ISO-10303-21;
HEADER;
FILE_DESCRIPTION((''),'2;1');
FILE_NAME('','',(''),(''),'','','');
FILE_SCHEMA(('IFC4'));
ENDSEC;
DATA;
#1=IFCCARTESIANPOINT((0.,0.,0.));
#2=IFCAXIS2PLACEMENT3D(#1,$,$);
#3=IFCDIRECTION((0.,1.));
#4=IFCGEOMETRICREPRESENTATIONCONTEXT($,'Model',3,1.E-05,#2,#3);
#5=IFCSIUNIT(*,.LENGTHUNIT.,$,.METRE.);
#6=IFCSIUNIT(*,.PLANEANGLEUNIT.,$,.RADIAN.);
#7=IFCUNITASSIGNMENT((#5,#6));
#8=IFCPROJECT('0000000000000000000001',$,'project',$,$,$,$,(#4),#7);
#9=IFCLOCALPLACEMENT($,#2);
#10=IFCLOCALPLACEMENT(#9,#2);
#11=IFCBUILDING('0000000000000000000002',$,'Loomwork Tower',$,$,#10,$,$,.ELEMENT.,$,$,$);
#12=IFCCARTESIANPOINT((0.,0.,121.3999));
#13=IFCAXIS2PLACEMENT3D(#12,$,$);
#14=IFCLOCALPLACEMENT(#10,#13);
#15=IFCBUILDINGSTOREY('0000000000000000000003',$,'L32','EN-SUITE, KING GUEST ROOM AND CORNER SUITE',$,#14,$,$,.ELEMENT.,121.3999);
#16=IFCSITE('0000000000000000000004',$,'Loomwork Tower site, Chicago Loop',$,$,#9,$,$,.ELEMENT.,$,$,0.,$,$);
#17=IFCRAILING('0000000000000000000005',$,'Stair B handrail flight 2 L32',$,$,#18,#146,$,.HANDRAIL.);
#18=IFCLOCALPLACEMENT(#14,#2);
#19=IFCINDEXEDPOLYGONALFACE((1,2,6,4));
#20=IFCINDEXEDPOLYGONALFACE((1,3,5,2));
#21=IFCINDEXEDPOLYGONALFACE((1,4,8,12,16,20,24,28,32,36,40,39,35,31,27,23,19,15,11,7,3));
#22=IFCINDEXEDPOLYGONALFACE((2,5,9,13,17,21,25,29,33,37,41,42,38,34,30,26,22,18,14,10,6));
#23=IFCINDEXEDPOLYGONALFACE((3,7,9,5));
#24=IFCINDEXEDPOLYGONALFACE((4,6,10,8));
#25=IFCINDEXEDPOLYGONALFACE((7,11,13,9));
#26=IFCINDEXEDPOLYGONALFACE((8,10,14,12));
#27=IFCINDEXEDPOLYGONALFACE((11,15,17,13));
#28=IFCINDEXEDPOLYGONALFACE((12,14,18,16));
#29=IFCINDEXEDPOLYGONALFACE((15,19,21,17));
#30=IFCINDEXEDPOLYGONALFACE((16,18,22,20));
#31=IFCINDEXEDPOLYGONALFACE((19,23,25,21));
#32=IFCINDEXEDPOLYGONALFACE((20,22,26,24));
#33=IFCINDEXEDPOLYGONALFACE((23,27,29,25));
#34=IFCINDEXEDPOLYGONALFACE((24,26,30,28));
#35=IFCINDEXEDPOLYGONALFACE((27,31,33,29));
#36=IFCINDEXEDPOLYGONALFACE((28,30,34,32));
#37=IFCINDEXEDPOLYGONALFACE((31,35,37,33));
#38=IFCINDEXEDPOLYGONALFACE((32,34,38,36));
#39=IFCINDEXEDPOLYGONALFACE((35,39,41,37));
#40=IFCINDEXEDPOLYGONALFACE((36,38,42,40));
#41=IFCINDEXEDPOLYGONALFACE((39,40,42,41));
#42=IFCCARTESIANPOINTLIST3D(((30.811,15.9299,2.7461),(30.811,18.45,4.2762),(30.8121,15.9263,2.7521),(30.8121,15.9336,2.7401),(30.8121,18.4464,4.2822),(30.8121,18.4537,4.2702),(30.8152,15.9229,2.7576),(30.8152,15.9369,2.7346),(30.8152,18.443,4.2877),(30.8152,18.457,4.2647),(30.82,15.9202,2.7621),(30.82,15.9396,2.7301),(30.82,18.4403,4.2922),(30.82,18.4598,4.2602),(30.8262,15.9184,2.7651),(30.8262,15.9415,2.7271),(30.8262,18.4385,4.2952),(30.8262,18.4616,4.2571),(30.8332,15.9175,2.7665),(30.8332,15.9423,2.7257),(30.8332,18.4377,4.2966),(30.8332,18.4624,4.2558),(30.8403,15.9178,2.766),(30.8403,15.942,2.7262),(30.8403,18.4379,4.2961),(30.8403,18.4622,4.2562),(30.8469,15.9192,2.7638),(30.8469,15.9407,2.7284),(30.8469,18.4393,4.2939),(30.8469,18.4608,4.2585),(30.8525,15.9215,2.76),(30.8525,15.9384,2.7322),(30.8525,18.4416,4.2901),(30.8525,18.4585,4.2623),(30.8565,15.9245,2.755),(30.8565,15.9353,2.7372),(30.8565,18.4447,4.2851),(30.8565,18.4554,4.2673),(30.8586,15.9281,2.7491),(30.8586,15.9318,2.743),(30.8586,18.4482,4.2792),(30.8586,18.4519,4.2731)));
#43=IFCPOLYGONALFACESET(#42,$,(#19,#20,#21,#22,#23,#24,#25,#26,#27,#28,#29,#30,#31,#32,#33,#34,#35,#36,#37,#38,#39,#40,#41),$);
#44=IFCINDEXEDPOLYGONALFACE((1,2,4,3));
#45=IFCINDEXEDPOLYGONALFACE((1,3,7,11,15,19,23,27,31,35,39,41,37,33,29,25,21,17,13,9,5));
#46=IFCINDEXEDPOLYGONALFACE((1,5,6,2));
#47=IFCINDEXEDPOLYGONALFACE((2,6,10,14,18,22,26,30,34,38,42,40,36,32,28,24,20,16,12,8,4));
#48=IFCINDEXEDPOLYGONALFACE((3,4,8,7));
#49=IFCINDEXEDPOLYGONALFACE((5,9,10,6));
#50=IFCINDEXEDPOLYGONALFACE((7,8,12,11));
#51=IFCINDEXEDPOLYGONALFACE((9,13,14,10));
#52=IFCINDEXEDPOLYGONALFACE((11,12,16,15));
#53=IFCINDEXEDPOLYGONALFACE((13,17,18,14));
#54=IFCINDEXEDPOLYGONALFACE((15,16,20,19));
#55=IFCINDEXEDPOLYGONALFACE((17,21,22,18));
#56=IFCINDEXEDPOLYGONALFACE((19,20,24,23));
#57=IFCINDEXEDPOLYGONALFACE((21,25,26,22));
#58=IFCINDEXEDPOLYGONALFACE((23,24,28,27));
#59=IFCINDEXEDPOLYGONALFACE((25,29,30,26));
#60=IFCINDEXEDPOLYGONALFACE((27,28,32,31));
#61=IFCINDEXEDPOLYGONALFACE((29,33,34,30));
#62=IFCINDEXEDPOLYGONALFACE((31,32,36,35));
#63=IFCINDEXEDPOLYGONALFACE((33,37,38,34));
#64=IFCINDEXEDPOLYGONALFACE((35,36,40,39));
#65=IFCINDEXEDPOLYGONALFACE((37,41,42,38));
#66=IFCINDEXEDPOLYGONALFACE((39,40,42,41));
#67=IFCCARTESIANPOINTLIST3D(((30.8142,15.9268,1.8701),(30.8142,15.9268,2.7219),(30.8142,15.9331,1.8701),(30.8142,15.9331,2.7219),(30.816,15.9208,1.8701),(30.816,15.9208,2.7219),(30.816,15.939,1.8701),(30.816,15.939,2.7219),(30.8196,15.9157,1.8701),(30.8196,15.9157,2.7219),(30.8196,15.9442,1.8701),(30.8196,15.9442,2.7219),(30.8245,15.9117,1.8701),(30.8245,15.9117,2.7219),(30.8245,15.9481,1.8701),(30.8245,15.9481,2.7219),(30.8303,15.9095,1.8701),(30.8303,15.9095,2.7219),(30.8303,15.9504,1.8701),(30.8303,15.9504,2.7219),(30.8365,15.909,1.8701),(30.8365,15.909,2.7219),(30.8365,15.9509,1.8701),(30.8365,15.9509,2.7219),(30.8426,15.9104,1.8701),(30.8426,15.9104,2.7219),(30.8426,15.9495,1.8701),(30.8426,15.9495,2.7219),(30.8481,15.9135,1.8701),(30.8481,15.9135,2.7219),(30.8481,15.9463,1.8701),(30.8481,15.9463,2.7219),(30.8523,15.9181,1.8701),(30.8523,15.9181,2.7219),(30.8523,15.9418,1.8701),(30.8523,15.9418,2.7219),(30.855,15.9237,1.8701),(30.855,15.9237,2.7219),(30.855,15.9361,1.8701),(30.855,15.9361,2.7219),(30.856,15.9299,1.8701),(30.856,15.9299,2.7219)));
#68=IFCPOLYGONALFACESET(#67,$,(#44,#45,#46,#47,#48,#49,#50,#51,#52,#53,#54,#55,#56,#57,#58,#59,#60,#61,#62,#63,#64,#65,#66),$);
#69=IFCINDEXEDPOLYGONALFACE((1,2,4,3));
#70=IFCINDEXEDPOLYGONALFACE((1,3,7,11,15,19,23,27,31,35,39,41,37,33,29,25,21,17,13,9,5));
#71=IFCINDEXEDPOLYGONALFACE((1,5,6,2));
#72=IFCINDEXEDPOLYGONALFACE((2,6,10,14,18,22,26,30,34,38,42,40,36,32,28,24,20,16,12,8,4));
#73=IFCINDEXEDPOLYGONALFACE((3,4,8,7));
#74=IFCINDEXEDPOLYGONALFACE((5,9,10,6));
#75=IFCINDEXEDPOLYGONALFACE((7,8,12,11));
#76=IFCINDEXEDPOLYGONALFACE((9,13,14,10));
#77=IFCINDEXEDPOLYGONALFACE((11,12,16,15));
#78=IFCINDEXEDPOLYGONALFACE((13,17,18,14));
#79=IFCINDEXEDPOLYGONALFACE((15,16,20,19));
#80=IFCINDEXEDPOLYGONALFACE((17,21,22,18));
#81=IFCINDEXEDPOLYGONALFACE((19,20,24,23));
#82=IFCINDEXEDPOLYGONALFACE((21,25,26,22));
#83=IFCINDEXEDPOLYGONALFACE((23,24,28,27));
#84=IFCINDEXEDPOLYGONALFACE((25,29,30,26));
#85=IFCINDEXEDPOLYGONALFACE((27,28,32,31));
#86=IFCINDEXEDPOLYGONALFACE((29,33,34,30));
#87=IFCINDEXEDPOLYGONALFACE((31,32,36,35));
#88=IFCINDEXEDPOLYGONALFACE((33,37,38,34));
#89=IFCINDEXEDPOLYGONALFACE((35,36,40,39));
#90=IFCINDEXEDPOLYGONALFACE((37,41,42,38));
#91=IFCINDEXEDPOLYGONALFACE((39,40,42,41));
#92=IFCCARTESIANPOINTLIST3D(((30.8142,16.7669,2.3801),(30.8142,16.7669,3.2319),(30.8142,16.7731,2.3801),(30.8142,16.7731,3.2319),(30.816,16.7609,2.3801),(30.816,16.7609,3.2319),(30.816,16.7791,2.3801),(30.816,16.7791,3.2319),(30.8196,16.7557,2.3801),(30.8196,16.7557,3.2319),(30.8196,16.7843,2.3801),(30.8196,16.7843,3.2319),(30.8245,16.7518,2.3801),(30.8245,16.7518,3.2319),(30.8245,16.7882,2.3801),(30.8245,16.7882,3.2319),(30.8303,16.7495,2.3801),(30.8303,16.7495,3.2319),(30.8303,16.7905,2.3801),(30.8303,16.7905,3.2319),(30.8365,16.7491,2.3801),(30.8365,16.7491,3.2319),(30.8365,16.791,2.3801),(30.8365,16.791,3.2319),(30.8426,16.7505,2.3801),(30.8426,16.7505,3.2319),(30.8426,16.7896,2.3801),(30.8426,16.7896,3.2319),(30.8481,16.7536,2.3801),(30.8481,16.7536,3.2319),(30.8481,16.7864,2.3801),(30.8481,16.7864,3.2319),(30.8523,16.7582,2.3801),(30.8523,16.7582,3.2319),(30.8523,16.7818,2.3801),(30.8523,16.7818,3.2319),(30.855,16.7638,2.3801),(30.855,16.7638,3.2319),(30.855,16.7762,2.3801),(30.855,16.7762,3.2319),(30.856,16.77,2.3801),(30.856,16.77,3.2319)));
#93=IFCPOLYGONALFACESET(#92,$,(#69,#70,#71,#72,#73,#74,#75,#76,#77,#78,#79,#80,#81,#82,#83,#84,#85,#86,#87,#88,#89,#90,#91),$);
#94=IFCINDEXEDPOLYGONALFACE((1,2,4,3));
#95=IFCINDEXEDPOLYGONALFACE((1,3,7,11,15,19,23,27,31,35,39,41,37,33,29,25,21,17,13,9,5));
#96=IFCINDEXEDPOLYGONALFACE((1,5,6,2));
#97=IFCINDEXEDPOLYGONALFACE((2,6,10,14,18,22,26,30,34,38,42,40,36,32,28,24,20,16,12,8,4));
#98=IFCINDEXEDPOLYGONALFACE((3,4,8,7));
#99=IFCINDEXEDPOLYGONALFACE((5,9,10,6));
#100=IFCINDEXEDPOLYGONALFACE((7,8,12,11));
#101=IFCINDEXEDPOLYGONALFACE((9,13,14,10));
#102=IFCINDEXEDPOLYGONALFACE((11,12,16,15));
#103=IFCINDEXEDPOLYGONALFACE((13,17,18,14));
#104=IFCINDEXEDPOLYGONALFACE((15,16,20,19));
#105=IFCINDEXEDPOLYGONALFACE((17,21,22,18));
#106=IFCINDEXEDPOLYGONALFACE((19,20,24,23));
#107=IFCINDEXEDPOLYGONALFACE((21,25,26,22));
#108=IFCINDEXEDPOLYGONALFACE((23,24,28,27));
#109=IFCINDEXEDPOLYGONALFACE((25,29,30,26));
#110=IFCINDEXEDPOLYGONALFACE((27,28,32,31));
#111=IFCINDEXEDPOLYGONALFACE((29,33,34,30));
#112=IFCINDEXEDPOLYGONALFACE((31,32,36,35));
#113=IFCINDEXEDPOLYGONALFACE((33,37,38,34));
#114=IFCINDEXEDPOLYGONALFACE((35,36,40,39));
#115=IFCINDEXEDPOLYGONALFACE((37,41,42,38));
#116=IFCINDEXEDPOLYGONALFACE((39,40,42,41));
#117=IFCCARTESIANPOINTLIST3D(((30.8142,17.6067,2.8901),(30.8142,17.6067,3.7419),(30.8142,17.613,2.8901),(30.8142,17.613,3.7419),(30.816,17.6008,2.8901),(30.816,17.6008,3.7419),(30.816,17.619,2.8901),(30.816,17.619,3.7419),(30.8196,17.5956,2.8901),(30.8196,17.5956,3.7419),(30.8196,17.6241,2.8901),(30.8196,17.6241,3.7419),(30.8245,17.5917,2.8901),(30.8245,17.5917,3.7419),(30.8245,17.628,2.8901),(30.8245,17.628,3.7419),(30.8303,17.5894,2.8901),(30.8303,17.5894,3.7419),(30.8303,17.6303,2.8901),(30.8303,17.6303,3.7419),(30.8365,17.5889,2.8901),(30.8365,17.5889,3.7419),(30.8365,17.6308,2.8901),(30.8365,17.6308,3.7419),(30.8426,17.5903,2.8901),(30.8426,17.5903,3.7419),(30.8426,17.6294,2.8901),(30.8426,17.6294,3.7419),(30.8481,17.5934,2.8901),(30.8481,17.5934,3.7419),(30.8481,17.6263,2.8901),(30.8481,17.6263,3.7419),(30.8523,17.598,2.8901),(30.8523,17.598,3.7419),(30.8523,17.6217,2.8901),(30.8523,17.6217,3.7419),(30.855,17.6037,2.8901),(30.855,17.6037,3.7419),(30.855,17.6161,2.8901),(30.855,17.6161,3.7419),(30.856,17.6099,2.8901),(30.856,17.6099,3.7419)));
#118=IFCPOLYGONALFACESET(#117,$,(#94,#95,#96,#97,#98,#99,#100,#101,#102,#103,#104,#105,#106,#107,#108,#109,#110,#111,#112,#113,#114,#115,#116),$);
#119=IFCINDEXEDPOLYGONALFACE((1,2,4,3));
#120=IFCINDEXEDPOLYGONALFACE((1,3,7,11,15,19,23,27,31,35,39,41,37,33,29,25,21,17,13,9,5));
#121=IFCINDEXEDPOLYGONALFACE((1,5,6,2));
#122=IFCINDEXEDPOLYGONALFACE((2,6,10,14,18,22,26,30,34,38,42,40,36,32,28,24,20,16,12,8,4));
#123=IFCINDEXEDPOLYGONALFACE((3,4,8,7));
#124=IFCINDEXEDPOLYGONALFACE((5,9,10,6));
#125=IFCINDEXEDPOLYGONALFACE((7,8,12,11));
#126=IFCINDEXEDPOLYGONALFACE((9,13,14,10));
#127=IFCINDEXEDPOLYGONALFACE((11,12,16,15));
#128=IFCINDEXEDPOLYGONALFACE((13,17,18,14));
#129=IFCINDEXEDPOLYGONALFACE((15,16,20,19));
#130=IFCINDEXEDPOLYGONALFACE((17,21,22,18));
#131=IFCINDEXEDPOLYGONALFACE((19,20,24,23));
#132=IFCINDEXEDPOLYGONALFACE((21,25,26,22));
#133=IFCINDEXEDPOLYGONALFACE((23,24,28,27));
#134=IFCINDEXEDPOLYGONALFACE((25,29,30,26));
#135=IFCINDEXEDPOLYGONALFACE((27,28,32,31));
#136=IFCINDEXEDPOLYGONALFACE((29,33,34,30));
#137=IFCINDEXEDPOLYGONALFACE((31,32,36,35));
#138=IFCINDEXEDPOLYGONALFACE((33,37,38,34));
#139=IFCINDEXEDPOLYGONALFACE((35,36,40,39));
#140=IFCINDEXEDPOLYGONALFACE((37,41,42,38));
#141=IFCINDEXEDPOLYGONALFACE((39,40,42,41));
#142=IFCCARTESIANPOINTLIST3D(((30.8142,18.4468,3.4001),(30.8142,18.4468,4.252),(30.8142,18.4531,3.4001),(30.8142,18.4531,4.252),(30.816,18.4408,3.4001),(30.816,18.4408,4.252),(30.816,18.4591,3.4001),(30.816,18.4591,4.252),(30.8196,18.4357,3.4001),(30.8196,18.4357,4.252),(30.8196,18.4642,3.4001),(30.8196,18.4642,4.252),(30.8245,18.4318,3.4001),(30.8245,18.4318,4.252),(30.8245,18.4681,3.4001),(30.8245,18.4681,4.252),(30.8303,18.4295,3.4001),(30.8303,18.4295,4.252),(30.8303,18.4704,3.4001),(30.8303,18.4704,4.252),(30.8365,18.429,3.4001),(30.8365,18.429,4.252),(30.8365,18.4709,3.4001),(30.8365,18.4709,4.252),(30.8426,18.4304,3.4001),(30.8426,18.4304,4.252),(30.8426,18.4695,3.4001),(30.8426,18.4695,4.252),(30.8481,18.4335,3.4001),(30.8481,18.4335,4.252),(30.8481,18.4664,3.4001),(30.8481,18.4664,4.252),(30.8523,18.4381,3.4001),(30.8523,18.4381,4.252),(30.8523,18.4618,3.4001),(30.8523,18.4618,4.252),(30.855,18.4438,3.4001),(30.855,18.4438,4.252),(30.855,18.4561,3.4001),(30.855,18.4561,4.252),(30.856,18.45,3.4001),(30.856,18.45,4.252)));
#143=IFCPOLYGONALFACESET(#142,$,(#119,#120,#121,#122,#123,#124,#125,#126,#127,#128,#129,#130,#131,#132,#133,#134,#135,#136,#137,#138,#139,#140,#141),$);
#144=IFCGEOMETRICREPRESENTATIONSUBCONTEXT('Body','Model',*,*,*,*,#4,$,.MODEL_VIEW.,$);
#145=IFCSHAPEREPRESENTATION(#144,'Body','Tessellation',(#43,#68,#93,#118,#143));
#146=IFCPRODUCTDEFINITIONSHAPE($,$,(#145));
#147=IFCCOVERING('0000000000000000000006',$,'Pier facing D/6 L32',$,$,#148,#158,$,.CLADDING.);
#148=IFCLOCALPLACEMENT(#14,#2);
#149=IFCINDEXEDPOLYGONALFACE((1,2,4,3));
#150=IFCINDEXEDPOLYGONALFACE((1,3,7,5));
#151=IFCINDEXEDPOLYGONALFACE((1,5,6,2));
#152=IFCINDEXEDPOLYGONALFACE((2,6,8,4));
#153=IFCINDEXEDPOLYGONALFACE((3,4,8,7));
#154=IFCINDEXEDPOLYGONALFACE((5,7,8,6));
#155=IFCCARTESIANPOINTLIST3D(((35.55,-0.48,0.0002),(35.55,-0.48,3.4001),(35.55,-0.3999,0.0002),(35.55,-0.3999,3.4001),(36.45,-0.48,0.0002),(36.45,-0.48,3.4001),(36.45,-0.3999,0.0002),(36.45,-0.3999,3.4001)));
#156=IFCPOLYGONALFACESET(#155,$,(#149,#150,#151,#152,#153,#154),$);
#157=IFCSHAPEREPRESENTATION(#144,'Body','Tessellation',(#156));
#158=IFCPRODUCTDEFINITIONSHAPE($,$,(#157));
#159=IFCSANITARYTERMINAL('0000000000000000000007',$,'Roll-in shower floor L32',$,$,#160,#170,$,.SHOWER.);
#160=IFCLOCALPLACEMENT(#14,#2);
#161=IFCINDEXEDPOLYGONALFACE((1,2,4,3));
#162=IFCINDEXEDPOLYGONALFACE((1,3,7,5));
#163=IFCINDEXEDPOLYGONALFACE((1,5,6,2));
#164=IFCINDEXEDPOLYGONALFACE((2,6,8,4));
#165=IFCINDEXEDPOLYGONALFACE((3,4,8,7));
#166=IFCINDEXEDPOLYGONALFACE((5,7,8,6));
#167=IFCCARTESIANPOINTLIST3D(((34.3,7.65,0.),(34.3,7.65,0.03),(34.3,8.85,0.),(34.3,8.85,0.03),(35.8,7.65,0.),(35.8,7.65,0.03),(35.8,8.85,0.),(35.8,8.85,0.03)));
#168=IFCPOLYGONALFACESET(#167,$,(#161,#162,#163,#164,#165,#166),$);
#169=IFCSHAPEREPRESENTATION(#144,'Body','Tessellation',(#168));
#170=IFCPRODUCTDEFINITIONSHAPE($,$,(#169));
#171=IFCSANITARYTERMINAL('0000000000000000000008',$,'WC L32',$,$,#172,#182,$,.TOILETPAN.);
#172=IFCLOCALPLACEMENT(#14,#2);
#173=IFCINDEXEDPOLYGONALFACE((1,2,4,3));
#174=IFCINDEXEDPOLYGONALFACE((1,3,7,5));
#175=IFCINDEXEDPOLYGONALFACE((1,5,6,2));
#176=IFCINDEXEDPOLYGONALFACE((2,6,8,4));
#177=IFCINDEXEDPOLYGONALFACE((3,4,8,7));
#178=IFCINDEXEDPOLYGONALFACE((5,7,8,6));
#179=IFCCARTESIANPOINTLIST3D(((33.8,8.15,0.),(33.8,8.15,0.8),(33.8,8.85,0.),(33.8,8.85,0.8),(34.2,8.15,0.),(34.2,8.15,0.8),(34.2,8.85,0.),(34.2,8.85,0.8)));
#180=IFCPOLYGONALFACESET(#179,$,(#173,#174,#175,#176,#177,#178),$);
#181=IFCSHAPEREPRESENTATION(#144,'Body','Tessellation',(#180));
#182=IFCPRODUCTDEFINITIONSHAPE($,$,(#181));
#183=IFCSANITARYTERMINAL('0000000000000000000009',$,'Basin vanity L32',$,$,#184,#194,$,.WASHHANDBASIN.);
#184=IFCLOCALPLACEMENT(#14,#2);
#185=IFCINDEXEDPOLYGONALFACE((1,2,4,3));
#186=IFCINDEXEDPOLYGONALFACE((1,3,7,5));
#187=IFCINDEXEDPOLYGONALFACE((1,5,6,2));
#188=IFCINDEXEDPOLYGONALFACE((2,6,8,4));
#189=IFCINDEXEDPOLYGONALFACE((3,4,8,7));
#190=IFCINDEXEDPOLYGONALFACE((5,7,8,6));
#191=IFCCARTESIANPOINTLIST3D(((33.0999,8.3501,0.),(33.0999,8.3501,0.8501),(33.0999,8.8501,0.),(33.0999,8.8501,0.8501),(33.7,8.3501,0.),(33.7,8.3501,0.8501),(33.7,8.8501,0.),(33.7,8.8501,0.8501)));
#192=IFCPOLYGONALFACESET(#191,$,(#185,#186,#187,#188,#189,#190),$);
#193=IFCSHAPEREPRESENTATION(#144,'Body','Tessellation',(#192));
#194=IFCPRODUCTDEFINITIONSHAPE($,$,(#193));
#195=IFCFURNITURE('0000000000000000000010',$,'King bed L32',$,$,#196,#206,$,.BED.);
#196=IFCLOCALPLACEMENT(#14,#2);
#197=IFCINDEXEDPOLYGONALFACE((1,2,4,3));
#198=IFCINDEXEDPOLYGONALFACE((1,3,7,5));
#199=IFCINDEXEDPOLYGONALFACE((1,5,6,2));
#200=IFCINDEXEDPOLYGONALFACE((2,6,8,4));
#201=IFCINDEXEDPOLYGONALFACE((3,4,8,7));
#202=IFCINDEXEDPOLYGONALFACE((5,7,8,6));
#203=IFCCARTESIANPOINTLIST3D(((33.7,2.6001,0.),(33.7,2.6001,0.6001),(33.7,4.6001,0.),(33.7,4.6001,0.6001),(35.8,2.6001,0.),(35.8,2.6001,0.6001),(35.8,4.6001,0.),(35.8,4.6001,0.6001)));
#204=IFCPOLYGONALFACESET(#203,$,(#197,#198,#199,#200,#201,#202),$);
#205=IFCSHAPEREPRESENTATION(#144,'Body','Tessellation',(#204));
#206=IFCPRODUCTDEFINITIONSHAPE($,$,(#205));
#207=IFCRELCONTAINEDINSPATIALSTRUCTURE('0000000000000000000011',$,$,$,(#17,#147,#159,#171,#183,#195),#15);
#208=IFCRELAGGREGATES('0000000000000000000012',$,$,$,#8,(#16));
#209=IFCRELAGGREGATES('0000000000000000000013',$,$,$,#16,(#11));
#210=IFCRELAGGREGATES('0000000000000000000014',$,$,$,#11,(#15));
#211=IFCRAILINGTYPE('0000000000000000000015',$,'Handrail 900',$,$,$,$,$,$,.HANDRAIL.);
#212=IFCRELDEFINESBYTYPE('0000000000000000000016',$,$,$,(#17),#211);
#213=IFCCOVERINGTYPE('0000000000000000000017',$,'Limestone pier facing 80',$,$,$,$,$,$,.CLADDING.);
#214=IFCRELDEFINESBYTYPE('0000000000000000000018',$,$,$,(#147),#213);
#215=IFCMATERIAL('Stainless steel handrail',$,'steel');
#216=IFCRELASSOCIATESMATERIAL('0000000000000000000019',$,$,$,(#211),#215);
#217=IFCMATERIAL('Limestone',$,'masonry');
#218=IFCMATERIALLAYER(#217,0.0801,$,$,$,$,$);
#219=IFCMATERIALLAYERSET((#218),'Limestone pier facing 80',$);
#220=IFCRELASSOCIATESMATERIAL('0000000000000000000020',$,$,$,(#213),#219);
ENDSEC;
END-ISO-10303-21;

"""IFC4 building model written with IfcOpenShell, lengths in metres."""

from ifc_helpers import new_model, si_unit, direction, frame, origin, origin_2d, place, context, subcontext, project, spatial, rectangle, circle, extrude, material, layer, layer_set, type_object, element, save


model = new_model("IFC4")

# Units and contexts
model_context = context("Model", 3, precision=1e-05, world=origin(), true_north=direction((0.0, 1.0)))
body_context = subcontext(model_context, "Body", "Model", "MODEL_VIEW")
ifc_project = project(units=[si_unit("LENGTHUNIT", "METRE"), si_unit("PLANEANGLEUNIT", "RADIAN")], contexts=[model_context])

# Site, building, storey
site_placement = place(None, origin())
site = spatial("IfcSite", under=ifc_project, at=site_placement, Name="Loomwork Tower site, Chicago Loop", CompositionType="ELEMENT", RefElevation=0.0)
building_placement = place(site_placement, origin())
building = spatial("IfcBuilding", under=site, at=building_placement, Name="Loomwork Tower", CompositionType="ELEMENT")
storey_placement = place(building_placement, frame((0.0, 0.0, 121.3999)))
storey = spatial("IfcBuildingStorey", under=building, at=storey_placement, Name="L32", Description="EN-SUITE, KING GUEST ROOM AND CORNER SUITE", CompositionType="ELEMENT", Elevation=121.3999)

# Railing
ifc_material_1 = material(Name="Stainless steel handrail", Category="steel")
railing_type = type_object("IfcRailingType", Name="Handrail 900", PredefinedType="HANDRAIL", material=ifc_material_1)
railing_placement = place(storey_placement, frame((30.835, 15.9299, 1.8701)))
element("IfcRailing", 1, at=railing_placement, inside=storey, type_object=railing_type, Name="Stair B handrail flight 2 L32", PredefinedType="HANDRAIL", context=body_context, shape_type="SweptSolid", body=[
    extrude(circle(Radius=0.0239, at=origin_2d()), frame((0.0, 0.0, 0.876), z_axis=(0.0, 0.854785, 0.518982), x_axis=(-1.0, 0.0, 0.0)), (0.0, 0.0, 1.0), 2.9482),
    extrude(circle(Radius=0.021, at=origin_2d()), origin(), (0.0, 0.0, 1.0), 0.8518),
    extrude(circle(Radius=0.021, at=origin_2d()), frame((0.0, 0.8401, 0.51)), (0.0, 0.0, 1.0), 0.8518),
    extrude(circle(Radius=0.021, at=origin_2d()), frame((0.0, 1.6799, 1.02)), (0.0, 0.0, 1.0), 0.8518),
    extrude(circle(Radius=0.021, at=origin_2d()), frame((0.0, 2.52, 1.53)), (0.0, 0.0, 1.0), 0.8518),
])

# Covering
ifc_material_2 = material(Name="Limestone", Category="masonry")
ifc_layer_1 = layer(ifc_material_2, 0.0801)
ifc_layer_set_1 = layer_set([ifc_layer_1], Name="Limestone pier facing 80")
covering_type = type_object("IfcCoveringType", Name="Limestone pier facing 80", PredefinedType="CLADDING", material=ifc_layer_set_1)
covering_placement = place(storey_placement, frame((36.0, -0.4399, 0.0002), z_axis=(0.0, 0.0, 1.0), x_axis=(1.0, 0.0, 0.0)))
element("IfcCovering", 2, at=covering_placement, inside=storey, type_object=covering_type, Name="Pier facing D/6 L32", PredefinedType="CLADDING", context=body_context, shape_type="SweptSolid", body=[
    extrude(rectangle(XDim=0.8999, YDim=0.0801, at=origin_2d()), origin(), (0.0, 0.0, 1.0), 3.3999),
])

# Sanitary terminals
sanitary_terminal_1_placement = place(storey_placement, frame((35.05, 8.25, 0.0), z_axis=(0.0, 0.0, 1.0), x_axis=(1.0, 0.0, 0.0)))
element("IfcSanitaryTerminal", 3, at=sanitary_terminal_1_placement, inside=storey, Name="Roll-in shower floor L32", PredefinedType="SHOWER", context=body_context, shape_type="SweptSolid", body=[
    extrude(rectangle(XDim=1.5, YDim=1.2, at=origin_2d()), origin(), (0.0, 0.0, 1.0), 0.03),
])
sanitary_terminal_2_placement = place(storey_placement, frame((34.0, 8.5, 0.0), z_axis=(0.0, 0.0, 1.0), x_axis=(1.0, 0.0, 0.0)))
element("IfcSanitaryTerminal", 4, at=sanitary_terminal_2_placement, inside=storey, Name="WC L32", PredefinedType="TOILETPAN", context=body_context, shape_type="SweptSolid", body=[
    extrude(rectangle(XDim=0.3999, YDim=0.7, at=origin_2d()), origin(), (0.0, 0.0, 1.0), 0.8),
])
sanitary_terminal_3_placement = place(storey_placement, frame((33.3999, 8.6001, 0.0), z_axis=(0.0, 0.0, 1.0), x_axis=(1.0, 0.0, 0.0)))
element("IfcSanitaryTerminal", 5, at=sanitary_terminal_3_placement, inside=storey, Name="Basin vanity L32", PredefinedType="WASHHANDBASIN", context=body_context, shape_type="SweptSolid", body=[
    extrude(rectangle(XDim=0.6001, YDim=0.5, at=origin_2d()), origin(), (0.0, 0.0, 1.0), 0.8501),
])

# Furniture
furniture_1_placement = place(storey_placement, frame((34.75, 3.6001, 0.0), z_axis=(0.0, 0.0, 1.0), x_axis=(1.0, 0.0, 0.0)))
element("IfcFurniture", 6, at=furniture_1_placement, inside=storey, Name="King bed L32", PredefinedType="BED", context=body_context, shape_type="SweptSolid", body=[
    extrude(rectangle(XDim=2.1001, YDim=2.0, at=origin_2d()), origin(), (0.0, 0.0, 1.0), 0.6001),
])

save(model, "model.ifc")
